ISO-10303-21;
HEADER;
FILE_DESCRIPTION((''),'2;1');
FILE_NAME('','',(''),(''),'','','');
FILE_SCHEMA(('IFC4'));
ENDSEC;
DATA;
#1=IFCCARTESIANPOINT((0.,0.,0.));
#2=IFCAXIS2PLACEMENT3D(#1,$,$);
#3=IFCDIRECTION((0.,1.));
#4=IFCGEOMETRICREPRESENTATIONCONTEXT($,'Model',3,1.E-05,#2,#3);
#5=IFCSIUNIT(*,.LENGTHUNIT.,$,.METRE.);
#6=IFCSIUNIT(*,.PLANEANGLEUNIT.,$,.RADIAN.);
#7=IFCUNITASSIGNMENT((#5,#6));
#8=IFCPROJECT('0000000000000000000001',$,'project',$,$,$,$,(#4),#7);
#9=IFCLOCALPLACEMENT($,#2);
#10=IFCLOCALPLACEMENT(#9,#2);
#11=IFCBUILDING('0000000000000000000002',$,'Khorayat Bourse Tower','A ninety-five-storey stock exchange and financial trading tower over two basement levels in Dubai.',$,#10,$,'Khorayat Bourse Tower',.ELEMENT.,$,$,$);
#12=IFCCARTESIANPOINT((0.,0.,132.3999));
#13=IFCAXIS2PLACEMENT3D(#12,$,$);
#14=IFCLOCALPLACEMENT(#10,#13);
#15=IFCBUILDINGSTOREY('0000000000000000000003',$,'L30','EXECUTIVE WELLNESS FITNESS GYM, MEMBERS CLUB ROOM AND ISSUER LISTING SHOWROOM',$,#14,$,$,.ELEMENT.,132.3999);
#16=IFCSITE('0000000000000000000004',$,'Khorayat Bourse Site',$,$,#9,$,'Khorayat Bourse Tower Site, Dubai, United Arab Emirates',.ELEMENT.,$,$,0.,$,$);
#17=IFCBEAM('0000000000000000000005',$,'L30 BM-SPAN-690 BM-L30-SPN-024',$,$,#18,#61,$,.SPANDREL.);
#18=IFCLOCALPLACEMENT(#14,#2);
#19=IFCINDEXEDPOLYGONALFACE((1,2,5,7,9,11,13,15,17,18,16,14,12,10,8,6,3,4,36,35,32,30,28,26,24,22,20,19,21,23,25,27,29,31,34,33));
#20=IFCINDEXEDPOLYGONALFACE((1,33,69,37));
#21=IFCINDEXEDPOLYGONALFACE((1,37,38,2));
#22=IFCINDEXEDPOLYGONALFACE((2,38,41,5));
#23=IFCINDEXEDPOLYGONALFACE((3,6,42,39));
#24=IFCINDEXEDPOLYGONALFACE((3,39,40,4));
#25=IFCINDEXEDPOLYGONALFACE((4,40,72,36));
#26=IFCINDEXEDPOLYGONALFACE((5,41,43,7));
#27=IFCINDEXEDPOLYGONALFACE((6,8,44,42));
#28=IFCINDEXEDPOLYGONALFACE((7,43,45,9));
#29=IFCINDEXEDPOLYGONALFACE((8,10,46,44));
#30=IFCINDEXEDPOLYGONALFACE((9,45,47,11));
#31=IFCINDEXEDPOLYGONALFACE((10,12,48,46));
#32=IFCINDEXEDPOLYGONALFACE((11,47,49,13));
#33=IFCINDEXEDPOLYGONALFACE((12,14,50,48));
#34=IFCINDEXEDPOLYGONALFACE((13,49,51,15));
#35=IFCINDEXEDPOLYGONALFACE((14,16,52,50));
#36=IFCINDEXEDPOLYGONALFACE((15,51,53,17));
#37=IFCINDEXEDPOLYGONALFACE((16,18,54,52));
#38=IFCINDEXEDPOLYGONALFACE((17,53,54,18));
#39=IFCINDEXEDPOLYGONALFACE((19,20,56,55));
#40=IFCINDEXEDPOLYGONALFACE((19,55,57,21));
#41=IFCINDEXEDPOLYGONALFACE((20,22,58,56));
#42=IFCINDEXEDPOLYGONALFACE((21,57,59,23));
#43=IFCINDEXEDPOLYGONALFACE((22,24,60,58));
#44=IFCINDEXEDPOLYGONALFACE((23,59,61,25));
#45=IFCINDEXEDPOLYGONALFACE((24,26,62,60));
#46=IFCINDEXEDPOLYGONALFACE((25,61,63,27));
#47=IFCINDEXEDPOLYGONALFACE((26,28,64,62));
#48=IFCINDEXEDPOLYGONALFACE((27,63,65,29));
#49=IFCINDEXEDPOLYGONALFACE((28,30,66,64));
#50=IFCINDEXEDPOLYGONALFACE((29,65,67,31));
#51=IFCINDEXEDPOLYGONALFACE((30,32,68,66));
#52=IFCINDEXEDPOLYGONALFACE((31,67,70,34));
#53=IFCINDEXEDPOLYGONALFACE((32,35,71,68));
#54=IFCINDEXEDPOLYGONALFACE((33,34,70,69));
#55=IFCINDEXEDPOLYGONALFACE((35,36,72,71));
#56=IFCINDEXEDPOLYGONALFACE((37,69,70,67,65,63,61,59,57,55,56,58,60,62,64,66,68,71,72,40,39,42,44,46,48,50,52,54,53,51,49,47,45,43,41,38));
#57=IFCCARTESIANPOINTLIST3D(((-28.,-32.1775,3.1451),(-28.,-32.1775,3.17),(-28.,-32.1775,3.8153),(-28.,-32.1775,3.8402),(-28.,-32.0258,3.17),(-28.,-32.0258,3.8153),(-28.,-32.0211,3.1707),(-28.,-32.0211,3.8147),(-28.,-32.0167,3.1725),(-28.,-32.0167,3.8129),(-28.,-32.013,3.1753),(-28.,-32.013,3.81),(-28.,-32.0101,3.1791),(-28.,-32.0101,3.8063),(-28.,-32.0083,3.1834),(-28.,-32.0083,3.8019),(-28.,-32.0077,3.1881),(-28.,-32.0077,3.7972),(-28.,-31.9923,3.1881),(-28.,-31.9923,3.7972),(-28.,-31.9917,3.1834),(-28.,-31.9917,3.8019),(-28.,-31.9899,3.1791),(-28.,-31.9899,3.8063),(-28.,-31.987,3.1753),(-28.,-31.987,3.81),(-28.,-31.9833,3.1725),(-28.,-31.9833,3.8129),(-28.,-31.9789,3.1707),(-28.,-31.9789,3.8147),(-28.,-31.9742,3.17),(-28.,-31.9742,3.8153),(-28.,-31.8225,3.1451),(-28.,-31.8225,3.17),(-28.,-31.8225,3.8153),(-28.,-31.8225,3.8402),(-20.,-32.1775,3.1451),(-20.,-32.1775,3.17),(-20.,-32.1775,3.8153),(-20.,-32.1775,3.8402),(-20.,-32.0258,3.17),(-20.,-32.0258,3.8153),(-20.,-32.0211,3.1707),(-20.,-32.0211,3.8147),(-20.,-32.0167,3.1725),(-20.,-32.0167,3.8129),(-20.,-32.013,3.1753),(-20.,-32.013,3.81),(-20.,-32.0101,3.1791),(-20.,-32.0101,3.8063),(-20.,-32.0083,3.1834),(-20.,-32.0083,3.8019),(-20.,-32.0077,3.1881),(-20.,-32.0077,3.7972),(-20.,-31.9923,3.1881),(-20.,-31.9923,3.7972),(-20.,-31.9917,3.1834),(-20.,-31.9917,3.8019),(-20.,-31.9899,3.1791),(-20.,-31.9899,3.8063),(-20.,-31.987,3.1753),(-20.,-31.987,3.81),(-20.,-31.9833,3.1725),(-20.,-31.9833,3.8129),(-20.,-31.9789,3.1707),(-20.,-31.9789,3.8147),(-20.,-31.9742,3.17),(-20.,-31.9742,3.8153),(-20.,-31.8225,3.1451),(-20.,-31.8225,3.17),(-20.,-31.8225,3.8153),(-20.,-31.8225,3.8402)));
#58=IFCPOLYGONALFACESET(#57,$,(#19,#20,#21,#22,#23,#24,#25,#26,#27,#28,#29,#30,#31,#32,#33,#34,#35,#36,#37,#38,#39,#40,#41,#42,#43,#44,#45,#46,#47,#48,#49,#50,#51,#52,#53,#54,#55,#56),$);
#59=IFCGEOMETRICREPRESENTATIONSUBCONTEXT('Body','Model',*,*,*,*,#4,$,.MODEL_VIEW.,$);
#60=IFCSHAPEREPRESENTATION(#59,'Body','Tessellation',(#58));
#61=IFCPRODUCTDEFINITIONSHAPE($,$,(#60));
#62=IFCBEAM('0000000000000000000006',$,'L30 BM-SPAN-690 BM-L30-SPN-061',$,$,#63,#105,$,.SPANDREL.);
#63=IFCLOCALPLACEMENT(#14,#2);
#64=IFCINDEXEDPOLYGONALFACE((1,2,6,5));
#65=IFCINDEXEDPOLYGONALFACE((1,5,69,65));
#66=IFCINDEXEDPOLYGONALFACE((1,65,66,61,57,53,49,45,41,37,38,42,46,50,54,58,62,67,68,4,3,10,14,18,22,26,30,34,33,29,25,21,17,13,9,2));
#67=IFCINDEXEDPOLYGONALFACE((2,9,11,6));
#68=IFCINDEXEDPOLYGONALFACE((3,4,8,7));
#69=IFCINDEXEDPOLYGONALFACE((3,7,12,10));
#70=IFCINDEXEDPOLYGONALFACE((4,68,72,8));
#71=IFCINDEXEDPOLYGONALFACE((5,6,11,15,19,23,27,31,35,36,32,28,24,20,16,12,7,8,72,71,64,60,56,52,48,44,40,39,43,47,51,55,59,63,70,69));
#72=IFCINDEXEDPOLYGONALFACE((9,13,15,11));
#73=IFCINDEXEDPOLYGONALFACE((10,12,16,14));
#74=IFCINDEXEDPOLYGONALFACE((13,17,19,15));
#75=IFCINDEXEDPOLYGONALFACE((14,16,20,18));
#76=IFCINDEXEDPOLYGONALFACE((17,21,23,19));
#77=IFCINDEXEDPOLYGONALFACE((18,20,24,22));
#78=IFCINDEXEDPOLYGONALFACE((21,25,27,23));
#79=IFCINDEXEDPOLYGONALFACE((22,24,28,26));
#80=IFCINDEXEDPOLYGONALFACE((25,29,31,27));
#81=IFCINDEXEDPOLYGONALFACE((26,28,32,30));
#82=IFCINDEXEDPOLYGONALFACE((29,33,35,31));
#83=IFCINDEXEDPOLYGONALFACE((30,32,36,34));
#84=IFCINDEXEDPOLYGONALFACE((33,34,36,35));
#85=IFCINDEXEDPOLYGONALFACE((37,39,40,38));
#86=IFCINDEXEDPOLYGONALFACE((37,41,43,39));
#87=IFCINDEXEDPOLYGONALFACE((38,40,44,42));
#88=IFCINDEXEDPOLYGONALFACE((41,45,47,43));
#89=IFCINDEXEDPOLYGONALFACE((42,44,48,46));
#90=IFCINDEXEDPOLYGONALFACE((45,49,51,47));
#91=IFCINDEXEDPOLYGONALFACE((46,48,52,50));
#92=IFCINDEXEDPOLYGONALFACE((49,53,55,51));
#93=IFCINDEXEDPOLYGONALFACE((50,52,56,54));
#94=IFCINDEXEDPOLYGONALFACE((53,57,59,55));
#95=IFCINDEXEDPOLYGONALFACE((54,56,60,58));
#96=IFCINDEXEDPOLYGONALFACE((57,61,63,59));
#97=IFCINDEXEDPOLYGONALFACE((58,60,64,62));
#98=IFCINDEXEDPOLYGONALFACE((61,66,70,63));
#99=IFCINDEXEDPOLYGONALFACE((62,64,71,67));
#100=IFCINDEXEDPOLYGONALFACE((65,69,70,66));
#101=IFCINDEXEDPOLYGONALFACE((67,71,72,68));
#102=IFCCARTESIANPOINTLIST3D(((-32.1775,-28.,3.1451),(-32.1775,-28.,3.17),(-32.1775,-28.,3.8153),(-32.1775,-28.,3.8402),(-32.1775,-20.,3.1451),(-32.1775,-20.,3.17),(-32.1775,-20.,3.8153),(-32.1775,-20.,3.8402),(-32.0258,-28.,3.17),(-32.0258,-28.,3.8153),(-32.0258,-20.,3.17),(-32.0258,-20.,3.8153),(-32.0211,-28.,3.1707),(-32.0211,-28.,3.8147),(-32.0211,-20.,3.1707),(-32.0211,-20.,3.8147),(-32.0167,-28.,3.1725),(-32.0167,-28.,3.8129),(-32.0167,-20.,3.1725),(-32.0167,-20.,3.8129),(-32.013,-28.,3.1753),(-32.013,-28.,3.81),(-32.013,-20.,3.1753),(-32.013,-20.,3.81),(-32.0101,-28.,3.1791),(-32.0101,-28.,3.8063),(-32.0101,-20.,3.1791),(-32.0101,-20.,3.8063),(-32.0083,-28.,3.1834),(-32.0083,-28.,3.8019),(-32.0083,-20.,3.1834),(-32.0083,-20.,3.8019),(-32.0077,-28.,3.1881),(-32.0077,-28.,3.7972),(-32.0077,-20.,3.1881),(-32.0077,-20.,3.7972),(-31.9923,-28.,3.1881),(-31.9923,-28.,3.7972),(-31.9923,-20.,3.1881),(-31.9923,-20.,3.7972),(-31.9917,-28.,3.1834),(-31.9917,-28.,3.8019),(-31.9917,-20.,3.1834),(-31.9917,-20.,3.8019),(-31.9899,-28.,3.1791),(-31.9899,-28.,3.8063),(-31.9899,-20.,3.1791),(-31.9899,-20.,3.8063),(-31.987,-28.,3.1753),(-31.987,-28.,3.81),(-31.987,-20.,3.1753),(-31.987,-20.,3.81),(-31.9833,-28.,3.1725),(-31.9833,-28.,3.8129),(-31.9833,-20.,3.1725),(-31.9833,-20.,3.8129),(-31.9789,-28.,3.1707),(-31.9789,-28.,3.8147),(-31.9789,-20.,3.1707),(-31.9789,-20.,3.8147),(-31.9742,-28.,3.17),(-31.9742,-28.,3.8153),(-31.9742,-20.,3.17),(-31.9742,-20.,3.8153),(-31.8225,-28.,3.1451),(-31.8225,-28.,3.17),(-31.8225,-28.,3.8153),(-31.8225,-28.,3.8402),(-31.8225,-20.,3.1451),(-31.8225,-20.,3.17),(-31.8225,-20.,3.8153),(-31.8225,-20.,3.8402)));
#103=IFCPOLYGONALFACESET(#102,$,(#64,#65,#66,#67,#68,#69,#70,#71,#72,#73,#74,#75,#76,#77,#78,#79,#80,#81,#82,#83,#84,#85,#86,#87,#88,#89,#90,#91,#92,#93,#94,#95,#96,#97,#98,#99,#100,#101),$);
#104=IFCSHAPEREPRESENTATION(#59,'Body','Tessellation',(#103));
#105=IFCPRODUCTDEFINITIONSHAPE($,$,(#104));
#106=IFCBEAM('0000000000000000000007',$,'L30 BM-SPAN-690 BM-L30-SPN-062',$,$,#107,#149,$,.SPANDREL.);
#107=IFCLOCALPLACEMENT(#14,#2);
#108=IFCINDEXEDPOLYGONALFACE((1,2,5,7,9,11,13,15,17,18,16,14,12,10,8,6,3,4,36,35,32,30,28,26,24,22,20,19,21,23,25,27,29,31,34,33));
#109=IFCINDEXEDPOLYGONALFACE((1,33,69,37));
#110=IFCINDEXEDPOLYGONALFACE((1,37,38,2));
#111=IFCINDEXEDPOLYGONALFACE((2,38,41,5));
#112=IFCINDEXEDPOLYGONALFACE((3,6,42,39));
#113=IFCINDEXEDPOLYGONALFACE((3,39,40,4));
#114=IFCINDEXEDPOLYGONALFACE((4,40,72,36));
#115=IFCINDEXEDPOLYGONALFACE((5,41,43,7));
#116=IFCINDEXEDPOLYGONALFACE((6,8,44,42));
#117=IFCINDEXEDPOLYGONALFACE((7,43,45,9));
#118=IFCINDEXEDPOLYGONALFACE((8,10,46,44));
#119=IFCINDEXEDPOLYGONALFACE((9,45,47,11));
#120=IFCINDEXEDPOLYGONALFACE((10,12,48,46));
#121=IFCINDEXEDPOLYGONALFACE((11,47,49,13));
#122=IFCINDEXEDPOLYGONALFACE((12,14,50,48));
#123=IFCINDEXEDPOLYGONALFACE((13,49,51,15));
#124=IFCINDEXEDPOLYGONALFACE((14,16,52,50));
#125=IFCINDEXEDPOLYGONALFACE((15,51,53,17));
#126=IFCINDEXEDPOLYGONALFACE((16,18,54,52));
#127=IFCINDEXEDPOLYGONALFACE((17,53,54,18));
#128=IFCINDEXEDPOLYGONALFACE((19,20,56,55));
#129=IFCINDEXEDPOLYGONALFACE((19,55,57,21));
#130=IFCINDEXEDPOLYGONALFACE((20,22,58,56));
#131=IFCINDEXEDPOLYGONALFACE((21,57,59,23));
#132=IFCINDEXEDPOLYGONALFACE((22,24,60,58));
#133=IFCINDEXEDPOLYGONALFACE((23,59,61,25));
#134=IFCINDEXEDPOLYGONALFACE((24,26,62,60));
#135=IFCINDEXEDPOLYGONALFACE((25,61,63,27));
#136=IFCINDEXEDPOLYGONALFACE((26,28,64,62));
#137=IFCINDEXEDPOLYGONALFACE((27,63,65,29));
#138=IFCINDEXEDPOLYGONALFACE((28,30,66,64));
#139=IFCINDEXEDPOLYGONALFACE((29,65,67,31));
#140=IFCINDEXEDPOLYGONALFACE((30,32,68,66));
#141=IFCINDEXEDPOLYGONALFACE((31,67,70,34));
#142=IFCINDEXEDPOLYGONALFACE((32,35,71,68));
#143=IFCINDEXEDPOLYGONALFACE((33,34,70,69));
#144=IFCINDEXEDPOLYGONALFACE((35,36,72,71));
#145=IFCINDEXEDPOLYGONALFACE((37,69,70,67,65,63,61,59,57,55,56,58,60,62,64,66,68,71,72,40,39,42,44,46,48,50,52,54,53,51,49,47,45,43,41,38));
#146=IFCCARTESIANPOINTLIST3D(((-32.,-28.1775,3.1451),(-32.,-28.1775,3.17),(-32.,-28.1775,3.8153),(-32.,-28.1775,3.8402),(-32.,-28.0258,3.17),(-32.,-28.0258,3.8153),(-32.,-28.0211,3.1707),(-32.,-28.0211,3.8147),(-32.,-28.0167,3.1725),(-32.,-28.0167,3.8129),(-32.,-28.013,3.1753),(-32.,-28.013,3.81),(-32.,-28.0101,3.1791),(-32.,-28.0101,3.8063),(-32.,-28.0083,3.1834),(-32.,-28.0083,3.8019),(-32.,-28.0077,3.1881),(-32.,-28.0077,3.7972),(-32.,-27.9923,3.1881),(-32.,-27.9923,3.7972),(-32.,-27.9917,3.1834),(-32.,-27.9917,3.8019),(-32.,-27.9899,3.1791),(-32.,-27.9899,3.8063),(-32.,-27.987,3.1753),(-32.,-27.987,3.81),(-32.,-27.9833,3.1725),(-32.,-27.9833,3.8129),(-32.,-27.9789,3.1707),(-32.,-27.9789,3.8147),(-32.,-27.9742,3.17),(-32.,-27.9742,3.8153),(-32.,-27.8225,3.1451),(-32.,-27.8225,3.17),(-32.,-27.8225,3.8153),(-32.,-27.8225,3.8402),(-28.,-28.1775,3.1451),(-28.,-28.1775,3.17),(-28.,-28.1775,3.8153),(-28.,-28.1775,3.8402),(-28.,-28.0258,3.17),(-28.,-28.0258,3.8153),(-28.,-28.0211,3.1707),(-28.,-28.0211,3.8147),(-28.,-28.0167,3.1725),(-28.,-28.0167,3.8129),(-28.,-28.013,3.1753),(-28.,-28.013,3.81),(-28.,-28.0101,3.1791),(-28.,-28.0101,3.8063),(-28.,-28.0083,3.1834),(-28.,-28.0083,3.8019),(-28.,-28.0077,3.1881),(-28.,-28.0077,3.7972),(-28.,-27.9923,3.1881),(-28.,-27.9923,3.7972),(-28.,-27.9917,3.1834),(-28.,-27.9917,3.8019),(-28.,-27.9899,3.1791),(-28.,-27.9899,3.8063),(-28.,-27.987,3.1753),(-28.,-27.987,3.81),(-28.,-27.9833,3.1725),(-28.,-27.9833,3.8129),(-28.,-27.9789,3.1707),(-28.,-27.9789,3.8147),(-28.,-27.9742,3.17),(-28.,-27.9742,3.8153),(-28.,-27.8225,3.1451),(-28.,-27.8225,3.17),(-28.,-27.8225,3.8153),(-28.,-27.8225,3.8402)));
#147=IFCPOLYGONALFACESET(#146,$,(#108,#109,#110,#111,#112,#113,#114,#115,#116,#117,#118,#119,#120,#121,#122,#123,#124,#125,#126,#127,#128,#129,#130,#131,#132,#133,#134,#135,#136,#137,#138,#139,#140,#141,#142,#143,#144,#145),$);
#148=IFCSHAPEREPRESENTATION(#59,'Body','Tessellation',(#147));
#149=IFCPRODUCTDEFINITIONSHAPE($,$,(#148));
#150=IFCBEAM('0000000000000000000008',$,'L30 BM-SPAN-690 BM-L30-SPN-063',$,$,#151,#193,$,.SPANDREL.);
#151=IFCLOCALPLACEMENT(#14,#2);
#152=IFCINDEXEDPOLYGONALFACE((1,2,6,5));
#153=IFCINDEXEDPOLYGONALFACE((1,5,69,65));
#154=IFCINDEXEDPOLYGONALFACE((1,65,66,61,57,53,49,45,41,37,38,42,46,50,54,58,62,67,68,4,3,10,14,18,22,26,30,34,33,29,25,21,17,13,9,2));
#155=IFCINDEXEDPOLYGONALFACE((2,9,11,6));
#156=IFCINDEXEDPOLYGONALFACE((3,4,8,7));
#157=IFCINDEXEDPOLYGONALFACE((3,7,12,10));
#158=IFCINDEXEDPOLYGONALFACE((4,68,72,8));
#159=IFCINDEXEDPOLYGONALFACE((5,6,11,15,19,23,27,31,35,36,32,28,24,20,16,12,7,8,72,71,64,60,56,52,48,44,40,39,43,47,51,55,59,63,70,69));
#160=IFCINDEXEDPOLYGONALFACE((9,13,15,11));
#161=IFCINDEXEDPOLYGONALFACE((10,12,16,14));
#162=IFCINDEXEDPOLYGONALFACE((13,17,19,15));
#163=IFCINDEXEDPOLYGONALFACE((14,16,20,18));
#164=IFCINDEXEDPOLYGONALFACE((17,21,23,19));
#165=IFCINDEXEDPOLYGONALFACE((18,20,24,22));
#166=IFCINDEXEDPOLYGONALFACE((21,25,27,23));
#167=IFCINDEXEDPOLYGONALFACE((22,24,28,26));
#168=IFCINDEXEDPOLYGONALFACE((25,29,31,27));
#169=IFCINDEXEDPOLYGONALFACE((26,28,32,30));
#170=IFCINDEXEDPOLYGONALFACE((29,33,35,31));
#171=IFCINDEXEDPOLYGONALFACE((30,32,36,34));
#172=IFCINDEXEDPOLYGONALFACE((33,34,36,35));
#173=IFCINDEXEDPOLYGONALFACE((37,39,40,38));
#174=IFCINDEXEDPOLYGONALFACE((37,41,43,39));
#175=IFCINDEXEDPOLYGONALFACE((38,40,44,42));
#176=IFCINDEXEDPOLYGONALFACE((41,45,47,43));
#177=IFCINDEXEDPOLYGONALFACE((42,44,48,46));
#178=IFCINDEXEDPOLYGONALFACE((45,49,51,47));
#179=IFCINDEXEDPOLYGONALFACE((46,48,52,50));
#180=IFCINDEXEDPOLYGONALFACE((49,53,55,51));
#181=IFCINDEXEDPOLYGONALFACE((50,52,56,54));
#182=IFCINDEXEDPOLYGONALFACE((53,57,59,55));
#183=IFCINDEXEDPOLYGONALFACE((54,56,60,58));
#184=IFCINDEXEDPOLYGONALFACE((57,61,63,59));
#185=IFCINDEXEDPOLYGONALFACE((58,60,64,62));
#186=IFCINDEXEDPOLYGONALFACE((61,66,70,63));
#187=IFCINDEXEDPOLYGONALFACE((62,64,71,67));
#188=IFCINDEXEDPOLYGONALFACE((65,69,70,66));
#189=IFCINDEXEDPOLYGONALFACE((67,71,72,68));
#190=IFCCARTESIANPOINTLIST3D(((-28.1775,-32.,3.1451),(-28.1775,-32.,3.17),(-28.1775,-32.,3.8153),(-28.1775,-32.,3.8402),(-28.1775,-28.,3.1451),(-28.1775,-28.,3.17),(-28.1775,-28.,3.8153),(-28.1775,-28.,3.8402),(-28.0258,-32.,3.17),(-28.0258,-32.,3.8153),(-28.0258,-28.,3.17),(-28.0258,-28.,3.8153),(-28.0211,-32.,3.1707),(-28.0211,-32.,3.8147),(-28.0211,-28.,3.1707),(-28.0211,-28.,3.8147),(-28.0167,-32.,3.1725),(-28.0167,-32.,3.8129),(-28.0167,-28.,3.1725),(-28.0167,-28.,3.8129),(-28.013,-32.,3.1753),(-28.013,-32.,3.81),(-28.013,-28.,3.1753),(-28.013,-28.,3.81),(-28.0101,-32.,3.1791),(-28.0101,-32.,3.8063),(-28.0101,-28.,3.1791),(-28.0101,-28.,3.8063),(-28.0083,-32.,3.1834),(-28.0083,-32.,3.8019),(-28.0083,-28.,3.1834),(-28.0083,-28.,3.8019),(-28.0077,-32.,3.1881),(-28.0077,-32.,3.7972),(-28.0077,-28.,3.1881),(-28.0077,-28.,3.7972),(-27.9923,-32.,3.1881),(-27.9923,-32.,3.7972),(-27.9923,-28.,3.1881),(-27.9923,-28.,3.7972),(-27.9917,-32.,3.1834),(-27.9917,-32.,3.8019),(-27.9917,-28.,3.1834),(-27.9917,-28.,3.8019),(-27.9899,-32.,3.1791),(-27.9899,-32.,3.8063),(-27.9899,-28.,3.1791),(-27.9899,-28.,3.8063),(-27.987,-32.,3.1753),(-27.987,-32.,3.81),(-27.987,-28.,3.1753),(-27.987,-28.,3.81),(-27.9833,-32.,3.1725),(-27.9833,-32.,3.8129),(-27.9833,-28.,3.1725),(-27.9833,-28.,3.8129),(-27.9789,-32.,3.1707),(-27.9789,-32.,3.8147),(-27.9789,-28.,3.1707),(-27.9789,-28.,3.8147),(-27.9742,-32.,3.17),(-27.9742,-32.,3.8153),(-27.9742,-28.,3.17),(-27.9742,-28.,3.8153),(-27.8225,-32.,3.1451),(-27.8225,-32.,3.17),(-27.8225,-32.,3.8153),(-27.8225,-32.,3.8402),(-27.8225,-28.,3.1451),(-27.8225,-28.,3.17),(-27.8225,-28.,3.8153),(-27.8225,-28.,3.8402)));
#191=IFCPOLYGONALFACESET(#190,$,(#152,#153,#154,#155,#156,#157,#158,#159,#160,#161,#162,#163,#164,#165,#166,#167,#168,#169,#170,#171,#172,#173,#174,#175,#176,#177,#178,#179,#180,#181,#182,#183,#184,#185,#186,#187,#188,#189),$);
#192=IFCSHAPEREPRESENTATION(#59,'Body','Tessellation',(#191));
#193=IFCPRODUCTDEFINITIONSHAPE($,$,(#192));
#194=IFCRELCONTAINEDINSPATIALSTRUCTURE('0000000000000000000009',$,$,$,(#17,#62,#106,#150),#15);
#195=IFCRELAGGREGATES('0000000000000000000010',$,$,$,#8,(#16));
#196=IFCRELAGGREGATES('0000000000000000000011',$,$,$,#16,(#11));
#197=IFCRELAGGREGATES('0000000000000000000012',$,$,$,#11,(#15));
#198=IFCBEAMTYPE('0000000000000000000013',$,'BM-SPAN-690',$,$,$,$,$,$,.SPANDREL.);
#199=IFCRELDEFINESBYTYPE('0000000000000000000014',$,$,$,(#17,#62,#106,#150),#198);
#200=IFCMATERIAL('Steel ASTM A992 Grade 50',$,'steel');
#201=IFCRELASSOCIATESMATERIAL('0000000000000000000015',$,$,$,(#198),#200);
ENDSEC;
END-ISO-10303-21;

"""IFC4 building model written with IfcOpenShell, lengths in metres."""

from ifc_helpers import new_model, si_unit, direction, frame, origin, origin_2d, place, context, subcontext, project, spatial, i_section, extrude, source, transform, mapped, material, material_profile, profile_set, type_object, element, save


model = new_model("IFC4")

# Units and contexts
model_context = context("Model", 3, precision=1e-05, world=origin(), true_north=direction((0.0, 1.0)))
body_context = subcontext(model_context, "Body", "Model", "MODEL_VIEW")
ifc_project = project(units=[si_unit("LENGTHUNIT", "METRE"), si_unit("PLANEANGLEUNIT", "RADIAN")], contexts=[model_context])

# Site, building, storey
site_placement = place(None, origin())
site = spatial("IfcSite", under=ifc_project, at=site_placement, Name="Khorayat Bourse Site", LongName="Khorayat Bourse Tower Site, Dubai, United Arab Emirates", CompositionType="ELEMENT", RefElevation=0.0)
building_placement = place(site_placement, origin())
building = spatial("IfcBuilding", under=site, at=building_placement, Name="Khorayat Bourse Tower", Description="A ninety-five-storey stock exchange and financial trading tower over two basement levels in Dubai.", LongName="Khorayat Bourse Tower", CompositionType="ELEMENT")
storey_placement = place(building_placement, frame((0.0, 0.0, 132.3999)))
storey = spatial("IfcBuildingStorey", under=building, at=storey_placement, Name="L30", Description="EXECUTIVE WELLNESS FITNESS GYM, MEMBERS CLUB ROOM AND ISSUER LISTING SHOWROOM", CompositionType="ELEMENT", Elevation=132.3999)

# Beams
ifc_material_1 = material(Name="Steel ASTM A992 Grade 50", Category="steel")
ifc_material_profile_1 = material_profile(ifc_material_1, i_section(OverallWidth=0.355, OverallDepth=0.6951, WebThickness=0.0154, FlangeThickness=0.0249, FilletRadius=0.0181, at=origin_2d()), Name="W690X217")
ifc_profile_set_1 = profile_set([ifc_material_profile_1], Name="Steel ASTM A992 Grade 50")
beam_type_1 = type_object("IfcBeamType", Name="BM-SPAN-690", PredefinedType="SPANDREL", material=ifc_profile_set_1)
shared_shape_1 = source(origin(), body_context, "Body", "SweptSolid", [
    extrude(i_section(OverallWidth=0.355, OverallDepth=0.6951, WebThickness=0.0154, FlangeThickness=0.0249, FilletRadius=0.0181, at=origin_2d()), origin(), (0.0, 0.0, 1.0), 8.0),
])
for number, where, z_axis, x_axis, name in (
    (1, (-28.0, -32.0, 3.4927), (1.0, 0.0, 0.0), (0.0, 1.0, 0.0), "L30 BM-SPAN-690 BM-L30-SPN-024"),
    (2, (-32.0, -28.0, 3.4927), (0.0, 1.0, 0.0), (-1.0, 0.0, 0.0), "L30 BM-SPAN-690 BM-L30-SPN-061"),
):
    element("IfcBeam", number, at=place(storey_placement, frame(where, z_axis=z_axis, x_axis=x_axis)), inside=storey, type_object=beam_type_1, Name=name, PredefinedType="SPANDREL", context=body_context, shape_type="MappedRepresentation", body=[
        mapped(shared_shape_1, transform((0.0, 0.0, 0.0), scale=1.0)),
    ])
shared_shape_2 = source(origin(), body_context, "Body", "SweptSolid", [
    extrude(i_section(OverallWidth=0.355, OverallDepth=0.6951, WebThickness=0.0154, FlangeThickness=0.0249, FilletRadius=0.0181, at=origin_2d()), origin(), (0.0, 0.0, 1.0), 4.0),
])
for number, where, z_axis, x_axis, name in (
    (3, (-32.0, -28.0, 3.4927), (1.0, 0.0, 0.0), (0.0, 1.0, 0.0), "L30 BM-SPAN-690 BM-L30-SPN-062"),
    (4, (-28.0, -32.0, 3.4927), (0.0, 1.0, 0.0), (-1.0, 0.0, 0.0), "L30 BM-SPAN-690 BM-L30-SPN-063"),
):
    element("IfcBeam", number, at=place(storey_placement, frame(where, z_axis=z_axis, x_axis=x_axis)), inside=storey, type_object=beam_type_1, Name=name, PredefinedType="SPANDREL", context=body_context, shape_type="MappedRepresentation", body=[
        mapped(shared_shape_2, transform((0.0, 0.0, 0.0), scale=1.0)),
    ])

save(model, "model.ifc")
